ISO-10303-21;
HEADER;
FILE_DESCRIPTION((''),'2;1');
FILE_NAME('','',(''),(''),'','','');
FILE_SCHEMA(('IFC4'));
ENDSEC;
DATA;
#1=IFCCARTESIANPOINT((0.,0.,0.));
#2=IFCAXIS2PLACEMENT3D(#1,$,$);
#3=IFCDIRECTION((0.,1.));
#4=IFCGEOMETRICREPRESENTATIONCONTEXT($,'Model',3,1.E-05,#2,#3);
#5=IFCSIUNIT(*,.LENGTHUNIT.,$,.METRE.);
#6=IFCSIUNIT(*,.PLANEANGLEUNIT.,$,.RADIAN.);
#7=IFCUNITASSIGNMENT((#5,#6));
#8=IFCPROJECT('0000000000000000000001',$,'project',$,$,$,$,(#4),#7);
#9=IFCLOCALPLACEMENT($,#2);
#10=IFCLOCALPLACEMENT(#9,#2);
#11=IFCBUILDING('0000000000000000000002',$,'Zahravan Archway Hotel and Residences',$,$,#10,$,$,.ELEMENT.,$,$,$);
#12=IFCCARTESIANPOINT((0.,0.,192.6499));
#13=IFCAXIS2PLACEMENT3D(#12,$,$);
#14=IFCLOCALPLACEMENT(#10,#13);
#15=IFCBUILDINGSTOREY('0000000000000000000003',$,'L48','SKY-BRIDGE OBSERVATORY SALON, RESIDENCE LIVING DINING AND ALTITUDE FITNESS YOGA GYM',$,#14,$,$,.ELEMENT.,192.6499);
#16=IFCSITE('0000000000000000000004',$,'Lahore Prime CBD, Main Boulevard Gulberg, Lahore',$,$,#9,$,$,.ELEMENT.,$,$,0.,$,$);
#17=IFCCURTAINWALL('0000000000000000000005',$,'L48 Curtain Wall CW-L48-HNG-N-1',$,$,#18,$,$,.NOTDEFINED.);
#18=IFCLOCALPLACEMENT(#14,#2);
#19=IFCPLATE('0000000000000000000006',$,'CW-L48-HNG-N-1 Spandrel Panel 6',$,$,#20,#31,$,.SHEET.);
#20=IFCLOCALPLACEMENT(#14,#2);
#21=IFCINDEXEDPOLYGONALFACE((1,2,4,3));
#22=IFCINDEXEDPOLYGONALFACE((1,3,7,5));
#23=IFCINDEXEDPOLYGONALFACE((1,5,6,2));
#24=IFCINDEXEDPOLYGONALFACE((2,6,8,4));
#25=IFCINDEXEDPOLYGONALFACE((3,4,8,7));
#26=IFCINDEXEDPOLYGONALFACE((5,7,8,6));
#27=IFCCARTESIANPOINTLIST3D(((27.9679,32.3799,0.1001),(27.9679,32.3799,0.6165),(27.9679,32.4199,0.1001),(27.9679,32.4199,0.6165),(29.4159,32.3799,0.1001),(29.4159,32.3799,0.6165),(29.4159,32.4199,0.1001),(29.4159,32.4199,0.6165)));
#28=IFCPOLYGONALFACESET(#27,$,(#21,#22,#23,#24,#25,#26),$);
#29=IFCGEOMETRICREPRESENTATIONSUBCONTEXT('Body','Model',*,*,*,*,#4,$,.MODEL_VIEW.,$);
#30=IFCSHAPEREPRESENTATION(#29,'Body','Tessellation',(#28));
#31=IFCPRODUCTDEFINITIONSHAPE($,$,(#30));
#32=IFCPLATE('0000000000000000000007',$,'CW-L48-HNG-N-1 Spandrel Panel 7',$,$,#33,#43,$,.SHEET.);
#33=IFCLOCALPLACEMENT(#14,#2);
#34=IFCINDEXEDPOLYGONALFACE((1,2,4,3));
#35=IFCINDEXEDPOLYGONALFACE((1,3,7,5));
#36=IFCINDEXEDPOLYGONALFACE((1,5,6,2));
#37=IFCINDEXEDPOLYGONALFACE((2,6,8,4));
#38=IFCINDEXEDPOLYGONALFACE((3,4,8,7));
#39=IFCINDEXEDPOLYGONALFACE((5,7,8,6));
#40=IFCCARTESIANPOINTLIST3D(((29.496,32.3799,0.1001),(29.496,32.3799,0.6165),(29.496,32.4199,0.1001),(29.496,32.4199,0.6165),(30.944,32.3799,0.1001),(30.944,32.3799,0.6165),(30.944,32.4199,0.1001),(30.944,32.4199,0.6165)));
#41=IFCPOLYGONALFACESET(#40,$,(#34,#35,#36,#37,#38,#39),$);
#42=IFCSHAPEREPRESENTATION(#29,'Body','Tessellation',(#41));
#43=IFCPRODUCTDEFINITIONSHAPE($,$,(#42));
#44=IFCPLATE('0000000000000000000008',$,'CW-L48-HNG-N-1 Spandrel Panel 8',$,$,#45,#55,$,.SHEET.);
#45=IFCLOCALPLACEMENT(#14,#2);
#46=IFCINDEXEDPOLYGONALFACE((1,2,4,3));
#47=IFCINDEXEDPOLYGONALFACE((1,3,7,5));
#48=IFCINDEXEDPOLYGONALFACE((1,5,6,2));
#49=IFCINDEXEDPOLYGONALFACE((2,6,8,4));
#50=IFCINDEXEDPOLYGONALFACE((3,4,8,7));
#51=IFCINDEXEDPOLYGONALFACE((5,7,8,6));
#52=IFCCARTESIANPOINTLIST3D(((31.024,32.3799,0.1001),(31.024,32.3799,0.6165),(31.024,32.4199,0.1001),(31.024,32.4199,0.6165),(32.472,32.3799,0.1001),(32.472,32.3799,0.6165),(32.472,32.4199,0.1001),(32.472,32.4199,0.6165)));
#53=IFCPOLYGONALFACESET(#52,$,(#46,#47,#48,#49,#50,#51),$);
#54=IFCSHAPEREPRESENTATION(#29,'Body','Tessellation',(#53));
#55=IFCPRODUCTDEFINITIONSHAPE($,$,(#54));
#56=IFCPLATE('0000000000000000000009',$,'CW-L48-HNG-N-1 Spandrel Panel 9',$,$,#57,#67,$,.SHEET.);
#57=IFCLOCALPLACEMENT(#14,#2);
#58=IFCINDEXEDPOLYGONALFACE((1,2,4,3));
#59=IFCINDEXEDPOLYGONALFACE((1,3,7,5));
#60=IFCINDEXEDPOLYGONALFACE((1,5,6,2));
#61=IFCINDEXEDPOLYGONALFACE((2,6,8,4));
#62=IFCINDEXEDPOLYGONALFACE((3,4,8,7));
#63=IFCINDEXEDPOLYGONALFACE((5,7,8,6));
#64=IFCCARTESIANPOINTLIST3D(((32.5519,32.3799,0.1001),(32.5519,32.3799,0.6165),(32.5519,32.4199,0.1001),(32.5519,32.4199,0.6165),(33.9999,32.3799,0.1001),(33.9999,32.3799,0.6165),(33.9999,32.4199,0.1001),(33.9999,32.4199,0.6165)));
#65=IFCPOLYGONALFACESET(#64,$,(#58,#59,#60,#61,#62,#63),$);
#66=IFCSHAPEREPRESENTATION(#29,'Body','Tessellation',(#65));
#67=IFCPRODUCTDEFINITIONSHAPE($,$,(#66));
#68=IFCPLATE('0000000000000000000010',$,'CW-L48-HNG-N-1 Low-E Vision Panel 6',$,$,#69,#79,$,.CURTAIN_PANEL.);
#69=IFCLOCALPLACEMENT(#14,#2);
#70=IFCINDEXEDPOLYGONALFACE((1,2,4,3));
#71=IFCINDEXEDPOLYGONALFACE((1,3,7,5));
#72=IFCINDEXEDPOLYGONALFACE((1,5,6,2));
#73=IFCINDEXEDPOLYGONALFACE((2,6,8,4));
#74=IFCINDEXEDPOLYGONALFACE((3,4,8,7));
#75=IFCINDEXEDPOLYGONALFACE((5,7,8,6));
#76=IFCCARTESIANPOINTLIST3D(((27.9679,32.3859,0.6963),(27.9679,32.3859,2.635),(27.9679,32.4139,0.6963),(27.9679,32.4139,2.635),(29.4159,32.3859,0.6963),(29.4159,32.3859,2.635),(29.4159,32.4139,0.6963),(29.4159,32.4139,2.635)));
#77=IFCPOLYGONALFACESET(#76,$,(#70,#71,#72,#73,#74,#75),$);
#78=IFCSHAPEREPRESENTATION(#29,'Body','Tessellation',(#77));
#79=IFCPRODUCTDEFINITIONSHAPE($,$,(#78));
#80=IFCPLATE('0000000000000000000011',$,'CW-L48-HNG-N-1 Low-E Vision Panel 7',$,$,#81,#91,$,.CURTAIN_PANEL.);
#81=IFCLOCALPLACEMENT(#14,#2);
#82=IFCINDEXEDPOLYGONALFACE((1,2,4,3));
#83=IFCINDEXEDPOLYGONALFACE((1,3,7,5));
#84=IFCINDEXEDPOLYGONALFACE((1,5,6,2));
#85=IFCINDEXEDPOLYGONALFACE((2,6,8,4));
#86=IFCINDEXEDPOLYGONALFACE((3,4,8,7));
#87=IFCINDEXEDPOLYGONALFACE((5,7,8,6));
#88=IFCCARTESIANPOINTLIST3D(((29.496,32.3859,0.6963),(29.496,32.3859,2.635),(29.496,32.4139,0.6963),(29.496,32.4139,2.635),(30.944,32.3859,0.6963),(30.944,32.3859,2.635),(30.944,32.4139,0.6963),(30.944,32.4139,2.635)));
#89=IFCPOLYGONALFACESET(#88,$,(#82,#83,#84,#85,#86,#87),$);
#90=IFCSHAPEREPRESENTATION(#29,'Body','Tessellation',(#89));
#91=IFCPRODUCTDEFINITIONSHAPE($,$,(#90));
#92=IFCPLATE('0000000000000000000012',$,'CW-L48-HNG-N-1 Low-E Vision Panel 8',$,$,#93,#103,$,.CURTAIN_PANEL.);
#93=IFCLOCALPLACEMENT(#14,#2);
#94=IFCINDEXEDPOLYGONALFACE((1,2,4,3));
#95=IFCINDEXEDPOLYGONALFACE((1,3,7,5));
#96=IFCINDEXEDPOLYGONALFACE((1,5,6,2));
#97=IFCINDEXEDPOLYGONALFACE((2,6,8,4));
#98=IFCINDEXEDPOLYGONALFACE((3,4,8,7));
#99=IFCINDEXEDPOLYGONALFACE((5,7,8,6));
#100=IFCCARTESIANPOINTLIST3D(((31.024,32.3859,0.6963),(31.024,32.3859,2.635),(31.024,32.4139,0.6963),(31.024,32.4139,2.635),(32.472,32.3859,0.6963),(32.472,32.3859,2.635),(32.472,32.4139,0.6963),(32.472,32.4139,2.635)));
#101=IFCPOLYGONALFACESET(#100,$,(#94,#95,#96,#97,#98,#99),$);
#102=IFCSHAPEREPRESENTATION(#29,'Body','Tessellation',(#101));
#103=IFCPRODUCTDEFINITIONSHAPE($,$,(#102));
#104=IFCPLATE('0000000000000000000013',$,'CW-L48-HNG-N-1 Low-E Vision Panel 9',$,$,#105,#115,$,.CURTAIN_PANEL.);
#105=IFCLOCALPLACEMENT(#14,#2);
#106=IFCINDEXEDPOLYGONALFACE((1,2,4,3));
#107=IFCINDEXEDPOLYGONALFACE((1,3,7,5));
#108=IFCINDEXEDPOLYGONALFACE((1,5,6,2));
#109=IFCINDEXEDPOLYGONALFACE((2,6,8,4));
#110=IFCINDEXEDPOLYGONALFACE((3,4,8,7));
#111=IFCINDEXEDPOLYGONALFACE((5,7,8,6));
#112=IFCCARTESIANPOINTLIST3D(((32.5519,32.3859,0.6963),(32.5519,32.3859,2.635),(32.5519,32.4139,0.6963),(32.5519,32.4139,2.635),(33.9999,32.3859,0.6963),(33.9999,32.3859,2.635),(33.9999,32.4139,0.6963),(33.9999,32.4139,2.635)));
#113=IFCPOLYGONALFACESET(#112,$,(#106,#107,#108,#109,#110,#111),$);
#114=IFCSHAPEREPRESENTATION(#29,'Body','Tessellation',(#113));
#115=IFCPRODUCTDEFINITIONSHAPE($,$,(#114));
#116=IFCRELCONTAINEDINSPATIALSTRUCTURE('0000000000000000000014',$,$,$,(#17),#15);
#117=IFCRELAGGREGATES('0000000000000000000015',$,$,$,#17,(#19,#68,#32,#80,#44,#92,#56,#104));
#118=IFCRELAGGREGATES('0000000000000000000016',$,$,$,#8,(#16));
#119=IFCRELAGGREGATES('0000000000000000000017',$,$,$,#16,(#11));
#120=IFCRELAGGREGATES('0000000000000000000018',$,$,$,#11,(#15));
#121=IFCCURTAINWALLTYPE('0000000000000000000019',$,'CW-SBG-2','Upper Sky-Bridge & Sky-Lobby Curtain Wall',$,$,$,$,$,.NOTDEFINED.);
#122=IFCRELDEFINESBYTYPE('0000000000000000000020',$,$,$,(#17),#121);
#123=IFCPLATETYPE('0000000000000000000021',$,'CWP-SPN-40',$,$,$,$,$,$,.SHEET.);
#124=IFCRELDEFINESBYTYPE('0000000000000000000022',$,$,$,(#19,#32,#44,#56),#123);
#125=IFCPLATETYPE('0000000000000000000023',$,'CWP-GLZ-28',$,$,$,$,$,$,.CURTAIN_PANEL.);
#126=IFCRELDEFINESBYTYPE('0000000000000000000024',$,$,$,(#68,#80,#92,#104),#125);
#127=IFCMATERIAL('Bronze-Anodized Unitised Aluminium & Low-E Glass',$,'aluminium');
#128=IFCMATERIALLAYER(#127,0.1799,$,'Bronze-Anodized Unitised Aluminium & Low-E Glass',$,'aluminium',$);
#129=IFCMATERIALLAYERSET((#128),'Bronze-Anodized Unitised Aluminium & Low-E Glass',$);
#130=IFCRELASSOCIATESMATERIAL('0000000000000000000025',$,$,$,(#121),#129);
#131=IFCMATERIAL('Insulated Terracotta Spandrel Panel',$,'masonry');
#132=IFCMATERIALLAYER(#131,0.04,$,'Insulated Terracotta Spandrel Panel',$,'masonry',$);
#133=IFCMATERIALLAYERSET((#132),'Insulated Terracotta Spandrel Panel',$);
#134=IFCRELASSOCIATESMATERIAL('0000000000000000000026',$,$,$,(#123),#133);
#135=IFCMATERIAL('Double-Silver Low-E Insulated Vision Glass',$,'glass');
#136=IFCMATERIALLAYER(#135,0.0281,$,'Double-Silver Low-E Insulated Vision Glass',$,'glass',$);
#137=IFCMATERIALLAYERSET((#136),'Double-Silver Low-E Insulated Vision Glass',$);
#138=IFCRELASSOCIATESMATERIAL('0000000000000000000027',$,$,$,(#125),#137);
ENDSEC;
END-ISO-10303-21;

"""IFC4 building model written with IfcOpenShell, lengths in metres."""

from ifc_helpers import new_model, si_unit, direction, frame, origin, origin_2d, place, context, subcontext, project, spatial, rectangle, extrude, source, transform, mapped, material, layer, layer_set, type_object, element, aggregate, save


model = new_model("IFC4")

# Units and contexts
model_context = context("Model", 3, precision=1e-05, world=origin(), true_north=direction((0.0, 1.0)))
body_context = subcontext(model_context, "Body", "Model", "MODEL_VIEW")
ifc_project = project(units=[si_unit("LENGTHUNIT", "METRE"), si_unit("PLANEANGLEUNIT", "RADIAN")], contexts=[model_context])

# Site, building, storey
site_placement = place(None, origin())
site = spatial("IfcSite", under=ifc_project, at=site_placement, Name="Lahore Prime CBD, Main Boulevard Gulberg, Lahore", CompositionType="ELEMENT", RefElevation=0.0)
building_placement = place(site_placement, origin())
building = spatial("IfcBuilding", under=site, at=building_placement, Name="Zahravan Archway Hotel and Residences", CompositionType="ELEMENT")
storey_placement = place(building_placement, frame((0.0, 0.0, 192.6499)))
storey = spatial("IfcBuildingStorey", under=building, at=storey_placement, Name="L48", Description="SKY-BRIDGE OBSERVATORY SALON, RESIDENCE LIVING DINING AND ALTITUDE FITNESS YOGA GYM", CompositionType="ELEMENT", Elevation=192.6499)

# Curtain wall, plates
ifc_material_1 = material(Name="Bronze-Anodized Unitised Aluminium & Low-E Glass", Category="aluminium")
ifc_layer_1 = layer(ifc_material_1, 0.1799, Name="Bronze-Anodized Unitised Aluminium & Low-E Glass", Category="aluminium")
ifc_layer_set_1 = layer_set([ifc_layer_1], Name="Bronze-Anodized Unitised Aluminium & Low-E Glass")
curtain_wall_type = type_object("IfcCurtainWallType", Name="CW-SBG-2", Description="Upper Sky-Bridge & Sky-Lobby Curtain Wall", PredefinedType="NOTDEFINED", material=ifc_layer_set_1)
curtain_wall_placement = place(storey_placement, origin())
curtain_wall = element("IfcCurtainWall", 1, at=curtain_wall_placement, inside=storey, type_object=curtain_wall_type, Name="L48 Curtain Wall CW-L48-HNG-N-1", PredefinedType="NOTDEFINED")
ifc_material_2 = material(Name="Insulated Terracotta Spandrel Panel", Category="masonry")
ifc_layer_2 = layer(ifc_material_2, 0.04, Name="Insulated Terracotta Spandrel Panel", Category="masonry")
ifc_layer_set_2 = layer_set([ifc_layer_2], Name="Insulated Terracotta Spandrel Panel")
plate_type_1 = type_object("IfcPlateType", Name="CWP-SPN-40", PredefinedType="SHEET", material=ifc_layer_set_2)
shared_shape_1 = source(origin(), body_context, "Body", "SweptSolid", [
    extrude(rectangle(XDim=1.448, YDim=0.04, at=origin_2d()), origin(), (0.0, 0.0, 1.0), 0.5164),
])
plate_1_placement = place(storey_placement, frame((28.6919, 32.3999, 0.1001), z_axis=(0.0, 0.0, 1.0), x_axis=(1.0, 0.0, 0.0)))
plate_1 = element("IfcPlate", 2, at=plate_1_placement, type_object=plate_type_1, Name="CW-L48-HNG-N-1 Spandrel Panel 6", PredefinedType="SHEET", context=body_context, shape_type="MappedRepresentation", body=[
    mapped(shared_shape_1, transform((0.0, 0.0, 0.0), scale=1.0)),
])
plate_2_placement = place(storey_placement, frame((30.22, 32.3999, 0.1001), z_axis=(0.0, 0.0, 1.0), x_axis=(1.0, 0.0, 0.0)))
plate_2 = element("IfcPlate", 3, at=plate_2_placement, type_object=plate_type_1, Name="CW-L48-HNG-N-1 Spandrel Panel 7", PredefinedType="SHEET", context=body_context, shape_type="MappedRepresentation", body=[
    mapped(shared_shape_1, transform((0.0, 0.0, 0.0), scale=1.0)),
])
plate_3_placement = place(storey_placement, frame((31.748, 32.3999, 0.1001), z_axis=(0.0, 0.0, 1.0), x_axis=(1.0, 0.0, 0.0)))
plate_3 = element("IfcPlate", 4, at=plate_3_placement, type_object=plate_type_1, Name="CW-L48-HNG-N-1 Spandrel Panel 8", PredefinedType="SHEET", context=body_context, shape_type="MappedRepresentation", body=[
    mapped(shared_shape_1, transform((0.0, 0.0, 0.0), scale=1.0)),
])
plate_4_placement = place(storey_placement, frame((33.2759, 32.3999, 0.1001), z_axis=(0.0, 0.0, 1.0), x_axis=(1.0, 0.0, 0.0)))
plate_4 = element("IfcPlate", 5, at=plate_4_placement, type_object=plate_type_1, Name="CW-L48-HNG-N-1 Spandrel Panel 9", PredefinedType="SHEET", context=body_context, shape_type="MappedRepresentation", body=[
    mapped(shared_shape_1, transform((0.0, 0.0, 0.0), scale=1.0)),
])
ifc_material_3 = material(Name="Double-Silver Low-E Insulated Vision Glass", Category="glass")
ifc_layer_3 = layer(ifc_material_3, 0.0281, Name="Double-Silver Low-E Insulated Vision Glass", Category="glass")
ifc_layer_set_3 = layer_set([ifc_layer_3], Name="Double-Silver Low-E Insulated Vision Glass")
plate_type_2 = type_object("IfcPlateType", Name="CWP-GLZ-28", PredefinedType="CURTAIN_PANEL", material=ifc_layer_set_3)
shared_shape_2 = source(origin(), body_context, "Body", "SweptSolid", [
    extrude(rectangle(XDim=1.448, YDim=0.0281, at=origin_2d()), origin(), (0.0, 0.0, 1.0), 1.9387),
])
plate_5_placement = place(storey_placement, frame((28.6919, 32.3999, 0.6963), z_axis=(0.0, 0.0, 1.0), x_axis=(1.0, 0.0, 0.0)))
plate_5 = element("IfcPlate", 6, at=plate_5_placement, type_object=plate_type_2, Name="CW-L48-HNG-N-1 Low-E Vision Panel 6", PredefinedType="CURTAIN_PANEL", context=body_context, shape_type="MappedRepresentation", body=[
    mapped(shared_shape_2, transform((0.0, 0.0, 0.0), scale=1.0)),
])
plate_6_placement = place(storey_placement, frame((30.22, 32.3999, 0.6963), z_axis=(0.0, 0.0, 1.0), x_axis=(1.0, 0.0, 0.0)))
plate_6 = element("IfcPlate", 7, at=plate_6_placement, type_object=plate_type_2, Name="CW-L48-HNG-N-1 Low-E Vision Panel 7", PredefinedType="CURTAIN_PANEL", context=body_context, shape_type="MappedRepresentation", body=[
    mapped(shared_shape_2, transform((0.0, 0.0, 0.0), scale=1.0)),
])
plate_7_placement = place(storey_placement, frame((31.748, 32.3999, 0.6963), z_axis=(0.0, 0.0, 1.0), x_axis=(1.0, 0.0, 0.0)))
plate_7 = element("IfcPlate", 8, at=plate_7_placement, type_object=plate_type_2, Name="CW-L48-HNG-N-1 Low-E Vision Panel 8", PredefinedType="CURTAIN_PANEL", context=body_context, shape_type="MappedRepresentation", body=[
    mapped(shared_shape_2, transform((0.0, 0.0, 0.0), scale=1.0)),
])
plate_8_placement = place(storey_placement, frame((33.2759, 32.3999, 0.6963), z_axis=(0.0, 0.0, 1.0), x_axis=(1.0, 0.0, 0.0)))
plate_8 = element("IfcPlate", 9, at=plate_8_placement, type_object=plate_type_2, Name="CW-L48-HNG-N-1 Low-E Vision Panel 9", PredefinedType="CURTAIN_PANEL", context=body_context, shape_type="MappedRepresentation", body=[
    mapped(shared_shape_2, transform((0.0, 0.0, 0.0), scale=1.0)),
])
aggregate(curtain_wall, [plate_1, plate_5, plate_2, plate_6, plate_3, plate_7, plate_4, plate_8])

save(model, "model.ifc")
